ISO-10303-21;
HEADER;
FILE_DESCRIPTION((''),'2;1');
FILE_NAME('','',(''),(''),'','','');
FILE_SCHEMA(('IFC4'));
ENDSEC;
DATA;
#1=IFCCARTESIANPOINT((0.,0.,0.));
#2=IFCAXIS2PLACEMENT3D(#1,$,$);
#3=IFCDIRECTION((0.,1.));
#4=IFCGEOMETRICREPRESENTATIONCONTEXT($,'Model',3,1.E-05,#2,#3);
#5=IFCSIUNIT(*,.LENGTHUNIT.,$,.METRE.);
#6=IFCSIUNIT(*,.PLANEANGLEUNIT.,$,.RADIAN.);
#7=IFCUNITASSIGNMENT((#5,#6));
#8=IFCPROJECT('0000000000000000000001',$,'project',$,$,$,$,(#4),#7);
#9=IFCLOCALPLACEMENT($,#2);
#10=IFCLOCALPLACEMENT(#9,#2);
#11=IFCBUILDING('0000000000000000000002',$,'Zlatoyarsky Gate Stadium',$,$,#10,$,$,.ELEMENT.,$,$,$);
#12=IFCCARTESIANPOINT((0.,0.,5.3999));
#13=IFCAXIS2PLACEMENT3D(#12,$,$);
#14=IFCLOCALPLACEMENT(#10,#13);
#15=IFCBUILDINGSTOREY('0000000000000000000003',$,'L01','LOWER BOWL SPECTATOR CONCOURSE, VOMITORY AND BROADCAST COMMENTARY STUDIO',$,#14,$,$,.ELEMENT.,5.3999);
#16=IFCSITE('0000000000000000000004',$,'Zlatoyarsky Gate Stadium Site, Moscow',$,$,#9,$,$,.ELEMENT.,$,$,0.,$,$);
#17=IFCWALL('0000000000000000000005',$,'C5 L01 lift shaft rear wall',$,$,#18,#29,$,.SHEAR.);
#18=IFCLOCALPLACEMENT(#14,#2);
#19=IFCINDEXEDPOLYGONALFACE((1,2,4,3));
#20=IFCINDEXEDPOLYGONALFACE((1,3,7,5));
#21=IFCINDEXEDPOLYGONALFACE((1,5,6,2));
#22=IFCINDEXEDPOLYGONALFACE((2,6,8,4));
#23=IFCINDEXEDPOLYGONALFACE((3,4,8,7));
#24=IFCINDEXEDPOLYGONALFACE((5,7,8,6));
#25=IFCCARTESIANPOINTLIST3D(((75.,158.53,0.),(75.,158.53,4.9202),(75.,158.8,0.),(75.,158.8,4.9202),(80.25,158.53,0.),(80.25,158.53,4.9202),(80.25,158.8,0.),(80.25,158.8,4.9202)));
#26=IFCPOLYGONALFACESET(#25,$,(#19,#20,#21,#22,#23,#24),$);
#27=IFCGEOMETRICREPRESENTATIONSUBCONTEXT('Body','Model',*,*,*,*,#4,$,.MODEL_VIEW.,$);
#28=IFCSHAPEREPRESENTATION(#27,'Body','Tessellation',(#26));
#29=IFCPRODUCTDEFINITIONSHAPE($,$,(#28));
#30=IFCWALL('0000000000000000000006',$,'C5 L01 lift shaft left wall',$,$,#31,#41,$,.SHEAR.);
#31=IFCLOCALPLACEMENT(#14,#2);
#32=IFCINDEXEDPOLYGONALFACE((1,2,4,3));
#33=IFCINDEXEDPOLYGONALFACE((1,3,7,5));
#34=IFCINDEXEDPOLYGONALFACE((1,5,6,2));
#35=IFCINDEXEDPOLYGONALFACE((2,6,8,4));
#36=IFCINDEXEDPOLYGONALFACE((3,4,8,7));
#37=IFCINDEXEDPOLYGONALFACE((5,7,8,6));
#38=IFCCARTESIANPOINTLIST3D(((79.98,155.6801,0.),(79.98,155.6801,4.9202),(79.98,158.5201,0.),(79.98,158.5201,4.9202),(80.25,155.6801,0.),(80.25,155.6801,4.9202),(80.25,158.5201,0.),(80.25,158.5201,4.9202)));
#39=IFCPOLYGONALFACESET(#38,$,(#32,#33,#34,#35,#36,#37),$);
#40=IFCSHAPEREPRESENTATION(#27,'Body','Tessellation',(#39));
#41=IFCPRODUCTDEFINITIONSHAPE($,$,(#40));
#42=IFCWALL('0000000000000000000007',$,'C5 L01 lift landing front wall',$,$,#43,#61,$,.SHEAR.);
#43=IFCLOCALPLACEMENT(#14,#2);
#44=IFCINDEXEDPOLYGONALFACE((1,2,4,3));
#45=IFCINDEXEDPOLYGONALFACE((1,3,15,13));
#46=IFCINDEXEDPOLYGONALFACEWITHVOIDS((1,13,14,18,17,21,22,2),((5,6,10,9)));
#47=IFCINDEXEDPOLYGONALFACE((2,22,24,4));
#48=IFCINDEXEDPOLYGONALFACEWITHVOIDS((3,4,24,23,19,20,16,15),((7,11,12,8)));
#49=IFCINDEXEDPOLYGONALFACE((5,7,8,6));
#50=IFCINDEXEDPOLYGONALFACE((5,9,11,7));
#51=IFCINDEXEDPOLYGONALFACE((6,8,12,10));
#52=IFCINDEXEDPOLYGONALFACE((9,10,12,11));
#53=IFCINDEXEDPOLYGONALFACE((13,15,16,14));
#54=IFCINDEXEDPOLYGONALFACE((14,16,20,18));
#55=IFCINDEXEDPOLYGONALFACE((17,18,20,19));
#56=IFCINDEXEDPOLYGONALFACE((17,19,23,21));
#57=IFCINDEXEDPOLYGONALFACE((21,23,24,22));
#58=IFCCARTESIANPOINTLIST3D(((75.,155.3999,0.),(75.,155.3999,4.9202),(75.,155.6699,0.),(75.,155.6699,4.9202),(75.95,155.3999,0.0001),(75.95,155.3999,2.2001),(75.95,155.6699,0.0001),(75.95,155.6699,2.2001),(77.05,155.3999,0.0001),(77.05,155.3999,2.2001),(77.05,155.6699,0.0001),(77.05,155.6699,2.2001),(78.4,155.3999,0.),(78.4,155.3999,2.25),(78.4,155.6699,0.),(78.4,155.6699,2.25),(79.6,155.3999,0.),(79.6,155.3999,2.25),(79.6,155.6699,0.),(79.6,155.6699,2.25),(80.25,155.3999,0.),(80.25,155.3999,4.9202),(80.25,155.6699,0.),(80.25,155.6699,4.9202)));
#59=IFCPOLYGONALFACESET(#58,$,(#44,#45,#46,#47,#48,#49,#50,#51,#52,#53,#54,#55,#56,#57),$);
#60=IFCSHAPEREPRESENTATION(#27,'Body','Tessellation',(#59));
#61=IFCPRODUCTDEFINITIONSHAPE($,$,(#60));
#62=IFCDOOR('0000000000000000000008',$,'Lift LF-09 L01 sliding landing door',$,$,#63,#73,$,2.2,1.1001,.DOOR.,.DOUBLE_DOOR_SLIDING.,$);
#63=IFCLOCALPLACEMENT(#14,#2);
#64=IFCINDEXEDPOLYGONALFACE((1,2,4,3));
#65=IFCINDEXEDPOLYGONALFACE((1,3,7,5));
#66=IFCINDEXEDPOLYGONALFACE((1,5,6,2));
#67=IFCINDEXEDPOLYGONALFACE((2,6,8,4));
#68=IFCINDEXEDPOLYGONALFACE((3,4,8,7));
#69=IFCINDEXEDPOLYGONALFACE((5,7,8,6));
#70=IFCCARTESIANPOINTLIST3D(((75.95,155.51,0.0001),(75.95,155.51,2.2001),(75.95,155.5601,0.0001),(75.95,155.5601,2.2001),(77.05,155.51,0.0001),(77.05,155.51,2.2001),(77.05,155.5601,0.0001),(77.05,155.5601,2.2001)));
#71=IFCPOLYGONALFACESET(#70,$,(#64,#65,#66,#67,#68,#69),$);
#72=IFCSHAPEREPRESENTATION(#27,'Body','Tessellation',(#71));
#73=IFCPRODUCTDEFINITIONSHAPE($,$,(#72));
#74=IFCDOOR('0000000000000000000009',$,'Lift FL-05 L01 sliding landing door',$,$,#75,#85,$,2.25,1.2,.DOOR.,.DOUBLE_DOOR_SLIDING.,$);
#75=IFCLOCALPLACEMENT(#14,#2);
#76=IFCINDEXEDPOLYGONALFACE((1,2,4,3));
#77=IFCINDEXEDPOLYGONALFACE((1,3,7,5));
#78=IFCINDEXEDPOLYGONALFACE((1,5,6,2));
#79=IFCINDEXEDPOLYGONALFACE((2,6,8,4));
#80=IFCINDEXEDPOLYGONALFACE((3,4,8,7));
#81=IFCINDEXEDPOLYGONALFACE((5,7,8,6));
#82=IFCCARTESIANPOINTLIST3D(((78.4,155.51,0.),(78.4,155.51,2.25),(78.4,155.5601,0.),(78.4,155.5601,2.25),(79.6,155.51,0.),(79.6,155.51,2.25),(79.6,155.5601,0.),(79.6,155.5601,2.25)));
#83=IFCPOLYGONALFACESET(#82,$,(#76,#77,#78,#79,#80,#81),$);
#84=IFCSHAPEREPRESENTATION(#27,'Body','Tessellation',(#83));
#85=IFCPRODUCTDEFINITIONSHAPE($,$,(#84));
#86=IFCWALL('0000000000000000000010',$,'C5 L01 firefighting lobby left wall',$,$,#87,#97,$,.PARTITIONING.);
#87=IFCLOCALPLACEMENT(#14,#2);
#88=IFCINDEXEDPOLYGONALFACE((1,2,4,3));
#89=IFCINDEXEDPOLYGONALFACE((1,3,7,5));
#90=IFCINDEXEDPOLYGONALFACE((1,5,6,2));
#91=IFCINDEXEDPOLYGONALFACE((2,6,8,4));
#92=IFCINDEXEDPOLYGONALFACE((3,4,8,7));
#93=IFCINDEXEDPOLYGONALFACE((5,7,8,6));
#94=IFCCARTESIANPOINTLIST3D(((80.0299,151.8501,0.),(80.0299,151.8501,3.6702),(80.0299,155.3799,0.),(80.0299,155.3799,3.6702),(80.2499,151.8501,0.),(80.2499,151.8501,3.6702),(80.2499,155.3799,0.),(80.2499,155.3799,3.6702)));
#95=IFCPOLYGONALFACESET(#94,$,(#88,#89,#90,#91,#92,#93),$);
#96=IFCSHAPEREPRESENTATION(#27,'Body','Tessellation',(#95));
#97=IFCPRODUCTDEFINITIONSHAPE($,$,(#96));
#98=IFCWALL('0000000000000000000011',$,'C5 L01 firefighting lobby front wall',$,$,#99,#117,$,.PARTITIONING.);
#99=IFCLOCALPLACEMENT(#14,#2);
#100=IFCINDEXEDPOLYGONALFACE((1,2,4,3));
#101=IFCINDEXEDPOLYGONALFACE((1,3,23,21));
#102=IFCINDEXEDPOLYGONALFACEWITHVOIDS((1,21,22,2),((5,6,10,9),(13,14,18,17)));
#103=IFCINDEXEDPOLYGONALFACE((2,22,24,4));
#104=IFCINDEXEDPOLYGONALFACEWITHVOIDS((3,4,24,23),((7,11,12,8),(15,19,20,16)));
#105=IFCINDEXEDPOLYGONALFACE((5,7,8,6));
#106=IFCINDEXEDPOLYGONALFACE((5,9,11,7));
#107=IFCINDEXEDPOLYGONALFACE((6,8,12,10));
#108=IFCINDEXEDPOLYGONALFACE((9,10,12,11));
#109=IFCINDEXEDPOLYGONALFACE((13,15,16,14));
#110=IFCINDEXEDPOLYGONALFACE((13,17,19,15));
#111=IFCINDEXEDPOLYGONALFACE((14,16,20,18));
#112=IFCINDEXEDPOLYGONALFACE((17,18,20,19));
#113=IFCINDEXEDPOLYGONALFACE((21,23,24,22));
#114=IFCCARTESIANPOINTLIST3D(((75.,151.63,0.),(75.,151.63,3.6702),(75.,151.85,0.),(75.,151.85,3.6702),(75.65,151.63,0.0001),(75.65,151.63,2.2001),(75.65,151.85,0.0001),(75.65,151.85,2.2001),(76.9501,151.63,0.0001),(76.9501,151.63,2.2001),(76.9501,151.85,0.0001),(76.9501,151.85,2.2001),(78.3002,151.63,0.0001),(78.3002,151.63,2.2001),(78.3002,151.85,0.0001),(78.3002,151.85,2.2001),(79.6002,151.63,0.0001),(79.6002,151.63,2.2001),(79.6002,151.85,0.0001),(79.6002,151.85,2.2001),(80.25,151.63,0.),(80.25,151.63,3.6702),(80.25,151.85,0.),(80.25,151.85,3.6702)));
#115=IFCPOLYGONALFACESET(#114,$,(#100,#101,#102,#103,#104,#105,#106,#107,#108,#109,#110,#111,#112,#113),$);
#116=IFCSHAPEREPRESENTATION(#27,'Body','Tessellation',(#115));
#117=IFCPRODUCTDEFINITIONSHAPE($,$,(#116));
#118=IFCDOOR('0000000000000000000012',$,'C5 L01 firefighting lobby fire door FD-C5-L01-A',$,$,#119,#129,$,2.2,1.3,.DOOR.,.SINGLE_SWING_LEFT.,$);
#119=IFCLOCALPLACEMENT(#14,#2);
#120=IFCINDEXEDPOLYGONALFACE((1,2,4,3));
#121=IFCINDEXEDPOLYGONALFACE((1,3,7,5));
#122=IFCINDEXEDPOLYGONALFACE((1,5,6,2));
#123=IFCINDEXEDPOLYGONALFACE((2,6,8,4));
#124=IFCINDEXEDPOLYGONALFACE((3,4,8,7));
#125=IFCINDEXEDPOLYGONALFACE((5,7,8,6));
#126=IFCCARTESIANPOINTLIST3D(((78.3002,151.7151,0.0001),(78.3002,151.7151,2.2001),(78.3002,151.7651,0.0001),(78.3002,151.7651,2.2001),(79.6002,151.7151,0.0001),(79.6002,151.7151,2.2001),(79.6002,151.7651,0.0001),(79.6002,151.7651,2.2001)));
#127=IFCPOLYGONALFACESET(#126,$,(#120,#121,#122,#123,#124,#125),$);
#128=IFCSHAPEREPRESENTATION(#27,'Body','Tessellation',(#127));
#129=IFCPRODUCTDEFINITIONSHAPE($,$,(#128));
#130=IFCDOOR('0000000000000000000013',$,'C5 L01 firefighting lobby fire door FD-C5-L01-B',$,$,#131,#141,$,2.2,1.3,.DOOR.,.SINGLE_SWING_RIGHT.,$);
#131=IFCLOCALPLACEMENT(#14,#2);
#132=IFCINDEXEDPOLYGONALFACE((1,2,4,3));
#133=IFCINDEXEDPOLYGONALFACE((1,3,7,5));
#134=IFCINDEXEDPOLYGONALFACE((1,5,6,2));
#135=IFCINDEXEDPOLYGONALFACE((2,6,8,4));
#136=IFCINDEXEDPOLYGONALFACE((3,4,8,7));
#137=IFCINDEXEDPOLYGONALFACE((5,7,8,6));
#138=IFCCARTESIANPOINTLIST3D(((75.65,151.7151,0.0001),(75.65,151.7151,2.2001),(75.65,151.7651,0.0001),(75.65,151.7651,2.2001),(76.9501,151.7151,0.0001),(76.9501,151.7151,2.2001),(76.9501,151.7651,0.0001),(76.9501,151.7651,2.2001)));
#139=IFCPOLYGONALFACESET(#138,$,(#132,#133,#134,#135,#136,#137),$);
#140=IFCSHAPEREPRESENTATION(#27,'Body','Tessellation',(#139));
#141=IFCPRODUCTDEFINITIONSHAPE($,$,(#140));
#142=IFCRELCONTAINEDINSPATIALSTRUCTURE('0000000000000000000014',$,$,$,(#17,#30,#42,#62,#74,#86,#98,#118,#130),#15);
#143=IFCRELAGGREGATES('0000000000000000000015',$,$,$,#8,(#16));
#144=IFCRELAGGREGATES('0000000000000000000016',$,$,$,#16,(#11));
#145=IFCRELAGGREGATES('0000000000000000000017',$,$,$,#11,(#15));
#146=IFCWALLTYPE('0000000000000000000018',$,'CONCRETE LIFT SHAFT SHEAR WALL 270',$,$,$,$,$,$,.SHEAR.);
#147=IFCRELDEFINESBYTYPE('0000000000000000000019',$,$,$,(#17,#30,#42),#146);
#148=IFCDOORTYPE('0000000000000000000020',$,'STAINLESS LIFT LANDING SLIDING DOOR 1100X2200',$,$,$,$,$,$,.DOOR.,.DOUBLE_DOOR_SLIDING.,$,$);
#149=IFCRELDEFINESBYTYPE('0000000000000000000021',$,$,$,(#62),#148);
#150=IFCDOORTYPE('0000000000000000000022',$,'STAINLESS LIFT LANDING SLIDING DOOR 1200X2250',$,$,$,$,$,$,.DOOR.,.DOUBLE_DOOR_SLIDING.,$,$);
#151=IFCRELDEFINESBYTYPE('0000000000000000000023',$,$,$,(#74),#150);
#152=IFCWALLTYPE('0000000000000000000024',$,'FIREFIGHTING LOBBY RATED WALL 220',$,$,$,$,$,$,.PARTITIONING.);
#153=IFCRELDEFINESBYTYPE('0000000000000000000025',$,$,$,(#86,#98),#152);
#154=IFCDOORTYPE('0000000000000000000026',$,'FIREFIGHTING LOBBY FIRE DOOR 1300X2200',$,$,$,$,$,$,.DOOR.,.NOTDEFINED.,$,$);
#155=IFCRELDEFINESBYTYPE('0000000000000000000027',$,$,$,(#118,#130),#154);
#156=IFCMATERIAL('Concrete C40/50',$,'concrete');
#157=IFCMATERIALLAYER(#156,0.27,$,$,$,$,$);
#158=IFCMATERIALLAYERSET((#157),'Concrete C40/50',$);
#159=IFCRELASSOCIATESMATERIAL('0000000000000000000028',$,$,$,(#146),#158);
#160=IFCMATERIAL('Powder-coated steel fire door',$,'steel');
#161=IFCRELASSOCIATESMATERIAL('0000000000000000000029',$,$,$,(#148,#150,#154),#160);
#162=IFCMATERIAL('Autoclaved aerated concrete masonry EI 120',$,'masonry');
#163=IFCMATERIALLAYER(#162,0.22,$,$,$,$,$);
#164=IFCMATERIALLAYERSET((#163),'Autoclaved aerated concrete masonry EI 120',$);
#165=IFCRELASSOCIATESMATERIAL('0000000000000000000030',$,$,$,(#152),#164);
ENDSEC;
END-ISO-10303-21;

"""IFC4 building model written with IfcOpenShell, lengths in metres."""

from ifc_helpers import new_model, si_unit, direction, frame, frame_2d, origin, place, context, subcontext, project, spatial, rectangle, extrude, material, layer, layer_set, type_object, element, fill, save


model = new_model("IFC4")

# Units and contexts
model_context = context("Model", 3, precision=1e-05, world=origin(), true_north=direction((0.0, 1.0)))
body_context = subcontext(model_context, "Body", "Model", "MODEL_VIEW")
ifc_project = project(units=[si_unit("LENGTHUNIT", "METRE"), si_unit("PLANEANGLEUNIT", "RADIAN")], contexts=[model_context])

# Site, building, storey
site_placement = place(None, origin())
site = spatial("IfcSite", under=ifc_project, at=site_placement, Name="Zlatoyarsky Gate Stadium Site, Moscow", CompositionType="ELEMENT", RefElevation=0.0)
building_placement = place(site_placement, origin())
building = spatial("IfcBuilding", under=site, at=building_placement, Name="Zlatoyarsky Gate Stadium", CompositionType="ELEMENT")
storey_placement = place(building_placement, frame((0.0, 0.0, 5.3999)))
storey = spatial("IfcBuildingStorey", under=building, at=storey_placement, Name="L01", Description="LOWER BOWL SPECTATOR CONCOURSE, VOMITORY AND BROADCAST COMMENTARY STUDIO", CompositionType="ELEMENT", Elevation=5.3999)

# Shared definitions
ifc_material_1 = material(Name="Concrete C40/50", Category="concrete")

# Walls
ifc_layer_1 = layer(ifc_material_1, 0.27)
ifc_layer_set_1 = layer_set([ifc_layer_1], Name="Concrete C40/50")
wall_type_1 = type_object("IfcWallType", Name="CONCRETE LIFT SHAFT SHEAR WALL 270", PredefinedType="SHEAR", material=ifc_layer_set_1)
wall_1_placement = place(storey_placement, frame((80.25, 158.665, 0.0), z_axis=(0.0, 0.0, 1.0), x_axis=(-1.0, 0.0, 0.0)))
element("IfcWall", 1, at=wall_1_placement, inside=storey, type_object=wall_type_1, Name="C5 L01 lift shaft rear wall", PredefinedType="SHEAR", context=body_context, shape_type="SweptSolid", body=[
    extrude(rectangle(XDim=5.25, YDim=0.27, at=frame_2d((2.625, 0.0))), origin(), (0.0, 0.0, 1.0), 4.9202),
])
wall_2_placement = place(storey_placement, frame((80.115, 158.52, 0.0), z_axis=(0.0, 0.0, 1.0), x_axis=(0.0, -1.0, 0.0)))
element("IfcWall", 2, at=wall_2_placement, inside=storey, type_object=wall_type_1, Name="C5 L01 lift shaft left wall", PredefinedType="SHEAR", context=body_context, shape_type="SweptSolid", body=[
    extrude(rectangle(XDim=2.8401, YDim=0.27, at=frame_2d((1.4199, 0.0))), origin(), (0.0, 0.0, 1.0), 4.9202),
])

# Wall, openings, doors
wall_3_placement = place(storey_placement, frame((80.25, 155.5349, 0.0), z_axis=(0.0, 0.0, 1.0), x_axis=(-1.0, 0.0, 0.0)))
wall_3 = element("IfcWall", 3, at=wall_3_placement, inside=storey, type_object=wall_type_1, Name="C5 L01 lift landing front wall", PredefinedType="SHEAR", context=body_context, shape_type="SweptSolid", body=[
    extrude(rectangle(XDim=5.25, YDim=0.27, at=frame_2d((2.625, 0.0))), origin(), (0.0, 0.0, 1.0), 4.9202),
])
opening_1_placement = place(wall_3_placement, frame((0.6499, 0.0, 0.0)))
opening_1 = element("IfcOpeningElement", 4, at=opening_1_placement, cuts=wall_3, PredefinedType="OPENING", context=body_context, shape_type="SweptSolid", body=[
    extrude(rectangle(XDim=1.2, YDim=2.25, at=frame_2d((0.6001, 1.125))), frame((0.0, 0.145, 0.0), z_axis=(0.0, -1.0, 0.0), x_axis=(1.0, 0.0, 0.0)), (0.0, 0.0, 1.0), 0.29),
])
opening_2_placement = place(wall_3_placement, frame((3.2, 0.0, 0.0)))
opening_2 = element("IfcOpeningElement", 5, at=opening_2_placement, cuts=wall_3, PredefinedType="OPENING", context=body_context, shape_type="SweptSolid", body=[
    extrude(rectangle(XDim=1.1001, YDim=2.2, at=frame_2d((0.55, 1.1001))), frame((0.0, 0.145, 0.0), z_axis=(0.0, -1.0, 0.0), x_axis=(1.0, 0.0, 0.0)), (0.0, 0.0, 1.0), 0.29),
])
ifc_material_2 = material(Name="Powder-coated steel fire door", Category="steel")
door_type_1 = type_object("IfcDoorType", Name="STAINLESS LIFT LANDING SLIDING DOOR 1100X2200", OperationType="DOUBLE_DOOR_SLIDING", PredefinedType="DOOR", material=ifc_material_2)
door_1_placement = place(opening_2_placement, origin())
door_1 = element("IfcDoor", 6, at=door_1_placement, inside=storey, type_object=door_type_1, Name="Lift LF-09 L01 sliding landing door", OperationType="DOUBLE_DOOR_SLIDING", OverallHeight=2.2, OverallWidth=1.1001, PredefinedType="DOOR", context=body_context, shape_type="SweptSolid", body=[
    extrude(rectangle(XDim=1.1001, YDim=2.2, at=frame_2d((0.55, 1.1001))), frame((0.0, 0.0249, 0.0), z_axis=(0.0, -1.0, 0.0), x_axis=(1.0, 0.0, 0.0)), (0.0, 0.0, 1.0), 0.05),
])
fill(opening_2, door_1)
door_type_2 = type_object("IfcDoorType", Name="STAINLESS LIFT LANDING SLIDING DOOR 1200X2250", OperationType="DOUBLE_DOOR_SLIDING", PredefinedType="DOOR", material=ifc_material_2)
door_2_placement = place(opening_1_placement, origin())
door_2 = element("IfcDoor", 7, at=door_2_placement, inside=storey, type_object=door_type_2, Name="Lift FL-05 L01 sliding landing door", OperationType="DOUBLE_DOOR_SLIDING", OverallHeight=2.25, OverallWidth=1.2, PredefinedType="DOOR", context=body_context, shape_type="SweptSolid", body=[
    extrude(rectangle(XDim=1.2, YDim=2.25, at=frame_2d((0.6001, 1.125))), frame((0.0, 0.0249, 0.0), z_axis=(0.0, -1.0, 0.0), x_axis=(1.0, 0.0, 0.0)), (0.0, 0.0, 1.0), 0.05),
])
fill(opening_1, door_2)

# Wall
ifc_material_3 = material(Name="Autoclaved aerated concrete masonry EI 120", Category="masonry")
ifc_layer_2 = layer(ifc_material_3, 0.22)
ifc_layer_set_2 = layer_set([ifc_layer_2], Name="Autoclaved aerated concrete masonry EI 120")
wall_type_2 = type_object("IfcWallType", Name="FIREFIGHTING LOBBY RATED WALL 220", PredefinedType="PARTITIONING", material=ifc_layer_set_2)
wall_4_placement = place(storey_placement, frame((80.1399, 155.3799, 0.0), z_axis=(0.0, 0.0, 1.0), x_axis=(0.0, -1.0, 0.0)))
element("IfcWall", 8, at=wall_4_placement, inside=storey, type_object=wall_type_2, Name="C5 L01 firefighting lobby left wall", PredefinedType="PARTITIONING", context=body_context, shape_type="SweptSolid", body=[
    extrude(rectangle(XDim=3.5298, YDim=0.22, at=frame_2d((1.7649, 0.0))), origin(), (0.0, 0.0, 1.0), 3.6702),
])

# Wall, openings, doors
wall_5_placement = place(storey_placement, frame((80.25, 151.74, 0.0), z_axis=(0.0, 0.0, 1.0), x_axis=(-1.0, 0.0, 0.0)))
wall_5 = element("IfcWall", 9, at=wall_5_placement, inside=storey, type_object=wall_type_2, Name="C5 L01 firefighting lobby front wall", PredefinedType="PARTITIONING", context=body_context, shape_type="SweptSolid", body=[
    extrude(rectangle(XDim=5.25, YDim=0.22, at=frame_2d((2.625, 0.0))), origin(), (0.0, 0.0, 1.0), 3.6702),
])
opening_3_placement = place(wall_5_placement, frame((0.6499, 0.0, 0.0)))
opening_3 = element("IfcOpeningElement", 10, at=opening_3_placement, cuts=wall_5, PredefinedType="OPENING", context=body_context, shape_type="SweptSolid", body=[
    extrude(rectangle(XDim=1.3, YDim=2.2, at=frame_2d((0.6499, 1.1001))), frame((0.0, 0.1199, 0.0), z_axis=(0.0, -1.0, 0.0), x_axis=(1.0, 0.0, 0.0)), (0.0, 0.0, 1.0), 0.24),
])
opening_4_placement = place(wall_5_placement, frame((3.3, 0.0, 0.0)))
opening_4 = element("IfcOpeningElement", 11, at=opening_4_placement, cuts=wall_5, PredefinedType="OPENING", context=body_context, shape_type="SweptSolid", body=[
    extrude(rectangle(XDim=1.3, YDim=2.2, at=frame_2d((0.6499, 1.1001))), frame((0.0, 0.1199, 0.0), z_axis=(0.0, -1.0, 0.0), x_axis=(1.0, 0.0, 0.0)), (0.0, 0.0, 1.0), 0.24),
])
door_type_3 = type_object("IfcDoorType", Name="FIREFIGHTING LOBBY FIRE DOOR 1300X2200", OperationType="NOTDEFINED", PredefinedType="DOOR", material=ifc_material_2)
door_3_placement = place(opening_3_placement, origin())
door_3 = element("IfcDoor", 12, at=door_3_placement, inside=storey, type_object=door_type_3, Name="C5 L01 firefighting lobby fire door FD-C5-L01-A", OperationType="SINGLE_SWING_LEFT", OverallHeight=2.2, OverallWidth=1.3, PredefinedType="DOOR", context=body_context, shape_type="SweptSolid", body=[
    extrude(rectangle(XDim=1.3, YDim=2.2, at=frame_2d((0.6499, 1.1001))), frame((0.0, 0.0249, 0.0), z_axis=(0.0, -1.0, 0.0), x_axis=(1.0, 0.0, 0.0)), (0.0, 0.0, 1.0), 0.05),
])
fill(opening_3, door_3)
door_4_placement = place(opening_4_placement, origin())
door_4 = element("IfcDoor", 13, at=door_4_placement, inside=storey, type_object=door_type_3, Name="C5 L01 firefighting lobby fire door FD-C5-L01-B", OperationType="SINGLE_SWING_RIGHT", OverallHeight=2.2, OverallWidth=1.3, PredefinedType="DOOR", context=body_context, shape_type="SweptSolid", body=[
    extrude(rectangle(XDim=1.3, YDim=2.2, at=frame_2d((0.6499, 1.1001))), frame((0.0, 0.0249, 0.0), z_axis=(0.0, -1.0, 0.0), x_axis=(1.0, 0.0, 0.0)), (0.0, 0.0, 1.0), 0.05),
])
fill(opening_4, door_4)

save(model, "model.ifc")
